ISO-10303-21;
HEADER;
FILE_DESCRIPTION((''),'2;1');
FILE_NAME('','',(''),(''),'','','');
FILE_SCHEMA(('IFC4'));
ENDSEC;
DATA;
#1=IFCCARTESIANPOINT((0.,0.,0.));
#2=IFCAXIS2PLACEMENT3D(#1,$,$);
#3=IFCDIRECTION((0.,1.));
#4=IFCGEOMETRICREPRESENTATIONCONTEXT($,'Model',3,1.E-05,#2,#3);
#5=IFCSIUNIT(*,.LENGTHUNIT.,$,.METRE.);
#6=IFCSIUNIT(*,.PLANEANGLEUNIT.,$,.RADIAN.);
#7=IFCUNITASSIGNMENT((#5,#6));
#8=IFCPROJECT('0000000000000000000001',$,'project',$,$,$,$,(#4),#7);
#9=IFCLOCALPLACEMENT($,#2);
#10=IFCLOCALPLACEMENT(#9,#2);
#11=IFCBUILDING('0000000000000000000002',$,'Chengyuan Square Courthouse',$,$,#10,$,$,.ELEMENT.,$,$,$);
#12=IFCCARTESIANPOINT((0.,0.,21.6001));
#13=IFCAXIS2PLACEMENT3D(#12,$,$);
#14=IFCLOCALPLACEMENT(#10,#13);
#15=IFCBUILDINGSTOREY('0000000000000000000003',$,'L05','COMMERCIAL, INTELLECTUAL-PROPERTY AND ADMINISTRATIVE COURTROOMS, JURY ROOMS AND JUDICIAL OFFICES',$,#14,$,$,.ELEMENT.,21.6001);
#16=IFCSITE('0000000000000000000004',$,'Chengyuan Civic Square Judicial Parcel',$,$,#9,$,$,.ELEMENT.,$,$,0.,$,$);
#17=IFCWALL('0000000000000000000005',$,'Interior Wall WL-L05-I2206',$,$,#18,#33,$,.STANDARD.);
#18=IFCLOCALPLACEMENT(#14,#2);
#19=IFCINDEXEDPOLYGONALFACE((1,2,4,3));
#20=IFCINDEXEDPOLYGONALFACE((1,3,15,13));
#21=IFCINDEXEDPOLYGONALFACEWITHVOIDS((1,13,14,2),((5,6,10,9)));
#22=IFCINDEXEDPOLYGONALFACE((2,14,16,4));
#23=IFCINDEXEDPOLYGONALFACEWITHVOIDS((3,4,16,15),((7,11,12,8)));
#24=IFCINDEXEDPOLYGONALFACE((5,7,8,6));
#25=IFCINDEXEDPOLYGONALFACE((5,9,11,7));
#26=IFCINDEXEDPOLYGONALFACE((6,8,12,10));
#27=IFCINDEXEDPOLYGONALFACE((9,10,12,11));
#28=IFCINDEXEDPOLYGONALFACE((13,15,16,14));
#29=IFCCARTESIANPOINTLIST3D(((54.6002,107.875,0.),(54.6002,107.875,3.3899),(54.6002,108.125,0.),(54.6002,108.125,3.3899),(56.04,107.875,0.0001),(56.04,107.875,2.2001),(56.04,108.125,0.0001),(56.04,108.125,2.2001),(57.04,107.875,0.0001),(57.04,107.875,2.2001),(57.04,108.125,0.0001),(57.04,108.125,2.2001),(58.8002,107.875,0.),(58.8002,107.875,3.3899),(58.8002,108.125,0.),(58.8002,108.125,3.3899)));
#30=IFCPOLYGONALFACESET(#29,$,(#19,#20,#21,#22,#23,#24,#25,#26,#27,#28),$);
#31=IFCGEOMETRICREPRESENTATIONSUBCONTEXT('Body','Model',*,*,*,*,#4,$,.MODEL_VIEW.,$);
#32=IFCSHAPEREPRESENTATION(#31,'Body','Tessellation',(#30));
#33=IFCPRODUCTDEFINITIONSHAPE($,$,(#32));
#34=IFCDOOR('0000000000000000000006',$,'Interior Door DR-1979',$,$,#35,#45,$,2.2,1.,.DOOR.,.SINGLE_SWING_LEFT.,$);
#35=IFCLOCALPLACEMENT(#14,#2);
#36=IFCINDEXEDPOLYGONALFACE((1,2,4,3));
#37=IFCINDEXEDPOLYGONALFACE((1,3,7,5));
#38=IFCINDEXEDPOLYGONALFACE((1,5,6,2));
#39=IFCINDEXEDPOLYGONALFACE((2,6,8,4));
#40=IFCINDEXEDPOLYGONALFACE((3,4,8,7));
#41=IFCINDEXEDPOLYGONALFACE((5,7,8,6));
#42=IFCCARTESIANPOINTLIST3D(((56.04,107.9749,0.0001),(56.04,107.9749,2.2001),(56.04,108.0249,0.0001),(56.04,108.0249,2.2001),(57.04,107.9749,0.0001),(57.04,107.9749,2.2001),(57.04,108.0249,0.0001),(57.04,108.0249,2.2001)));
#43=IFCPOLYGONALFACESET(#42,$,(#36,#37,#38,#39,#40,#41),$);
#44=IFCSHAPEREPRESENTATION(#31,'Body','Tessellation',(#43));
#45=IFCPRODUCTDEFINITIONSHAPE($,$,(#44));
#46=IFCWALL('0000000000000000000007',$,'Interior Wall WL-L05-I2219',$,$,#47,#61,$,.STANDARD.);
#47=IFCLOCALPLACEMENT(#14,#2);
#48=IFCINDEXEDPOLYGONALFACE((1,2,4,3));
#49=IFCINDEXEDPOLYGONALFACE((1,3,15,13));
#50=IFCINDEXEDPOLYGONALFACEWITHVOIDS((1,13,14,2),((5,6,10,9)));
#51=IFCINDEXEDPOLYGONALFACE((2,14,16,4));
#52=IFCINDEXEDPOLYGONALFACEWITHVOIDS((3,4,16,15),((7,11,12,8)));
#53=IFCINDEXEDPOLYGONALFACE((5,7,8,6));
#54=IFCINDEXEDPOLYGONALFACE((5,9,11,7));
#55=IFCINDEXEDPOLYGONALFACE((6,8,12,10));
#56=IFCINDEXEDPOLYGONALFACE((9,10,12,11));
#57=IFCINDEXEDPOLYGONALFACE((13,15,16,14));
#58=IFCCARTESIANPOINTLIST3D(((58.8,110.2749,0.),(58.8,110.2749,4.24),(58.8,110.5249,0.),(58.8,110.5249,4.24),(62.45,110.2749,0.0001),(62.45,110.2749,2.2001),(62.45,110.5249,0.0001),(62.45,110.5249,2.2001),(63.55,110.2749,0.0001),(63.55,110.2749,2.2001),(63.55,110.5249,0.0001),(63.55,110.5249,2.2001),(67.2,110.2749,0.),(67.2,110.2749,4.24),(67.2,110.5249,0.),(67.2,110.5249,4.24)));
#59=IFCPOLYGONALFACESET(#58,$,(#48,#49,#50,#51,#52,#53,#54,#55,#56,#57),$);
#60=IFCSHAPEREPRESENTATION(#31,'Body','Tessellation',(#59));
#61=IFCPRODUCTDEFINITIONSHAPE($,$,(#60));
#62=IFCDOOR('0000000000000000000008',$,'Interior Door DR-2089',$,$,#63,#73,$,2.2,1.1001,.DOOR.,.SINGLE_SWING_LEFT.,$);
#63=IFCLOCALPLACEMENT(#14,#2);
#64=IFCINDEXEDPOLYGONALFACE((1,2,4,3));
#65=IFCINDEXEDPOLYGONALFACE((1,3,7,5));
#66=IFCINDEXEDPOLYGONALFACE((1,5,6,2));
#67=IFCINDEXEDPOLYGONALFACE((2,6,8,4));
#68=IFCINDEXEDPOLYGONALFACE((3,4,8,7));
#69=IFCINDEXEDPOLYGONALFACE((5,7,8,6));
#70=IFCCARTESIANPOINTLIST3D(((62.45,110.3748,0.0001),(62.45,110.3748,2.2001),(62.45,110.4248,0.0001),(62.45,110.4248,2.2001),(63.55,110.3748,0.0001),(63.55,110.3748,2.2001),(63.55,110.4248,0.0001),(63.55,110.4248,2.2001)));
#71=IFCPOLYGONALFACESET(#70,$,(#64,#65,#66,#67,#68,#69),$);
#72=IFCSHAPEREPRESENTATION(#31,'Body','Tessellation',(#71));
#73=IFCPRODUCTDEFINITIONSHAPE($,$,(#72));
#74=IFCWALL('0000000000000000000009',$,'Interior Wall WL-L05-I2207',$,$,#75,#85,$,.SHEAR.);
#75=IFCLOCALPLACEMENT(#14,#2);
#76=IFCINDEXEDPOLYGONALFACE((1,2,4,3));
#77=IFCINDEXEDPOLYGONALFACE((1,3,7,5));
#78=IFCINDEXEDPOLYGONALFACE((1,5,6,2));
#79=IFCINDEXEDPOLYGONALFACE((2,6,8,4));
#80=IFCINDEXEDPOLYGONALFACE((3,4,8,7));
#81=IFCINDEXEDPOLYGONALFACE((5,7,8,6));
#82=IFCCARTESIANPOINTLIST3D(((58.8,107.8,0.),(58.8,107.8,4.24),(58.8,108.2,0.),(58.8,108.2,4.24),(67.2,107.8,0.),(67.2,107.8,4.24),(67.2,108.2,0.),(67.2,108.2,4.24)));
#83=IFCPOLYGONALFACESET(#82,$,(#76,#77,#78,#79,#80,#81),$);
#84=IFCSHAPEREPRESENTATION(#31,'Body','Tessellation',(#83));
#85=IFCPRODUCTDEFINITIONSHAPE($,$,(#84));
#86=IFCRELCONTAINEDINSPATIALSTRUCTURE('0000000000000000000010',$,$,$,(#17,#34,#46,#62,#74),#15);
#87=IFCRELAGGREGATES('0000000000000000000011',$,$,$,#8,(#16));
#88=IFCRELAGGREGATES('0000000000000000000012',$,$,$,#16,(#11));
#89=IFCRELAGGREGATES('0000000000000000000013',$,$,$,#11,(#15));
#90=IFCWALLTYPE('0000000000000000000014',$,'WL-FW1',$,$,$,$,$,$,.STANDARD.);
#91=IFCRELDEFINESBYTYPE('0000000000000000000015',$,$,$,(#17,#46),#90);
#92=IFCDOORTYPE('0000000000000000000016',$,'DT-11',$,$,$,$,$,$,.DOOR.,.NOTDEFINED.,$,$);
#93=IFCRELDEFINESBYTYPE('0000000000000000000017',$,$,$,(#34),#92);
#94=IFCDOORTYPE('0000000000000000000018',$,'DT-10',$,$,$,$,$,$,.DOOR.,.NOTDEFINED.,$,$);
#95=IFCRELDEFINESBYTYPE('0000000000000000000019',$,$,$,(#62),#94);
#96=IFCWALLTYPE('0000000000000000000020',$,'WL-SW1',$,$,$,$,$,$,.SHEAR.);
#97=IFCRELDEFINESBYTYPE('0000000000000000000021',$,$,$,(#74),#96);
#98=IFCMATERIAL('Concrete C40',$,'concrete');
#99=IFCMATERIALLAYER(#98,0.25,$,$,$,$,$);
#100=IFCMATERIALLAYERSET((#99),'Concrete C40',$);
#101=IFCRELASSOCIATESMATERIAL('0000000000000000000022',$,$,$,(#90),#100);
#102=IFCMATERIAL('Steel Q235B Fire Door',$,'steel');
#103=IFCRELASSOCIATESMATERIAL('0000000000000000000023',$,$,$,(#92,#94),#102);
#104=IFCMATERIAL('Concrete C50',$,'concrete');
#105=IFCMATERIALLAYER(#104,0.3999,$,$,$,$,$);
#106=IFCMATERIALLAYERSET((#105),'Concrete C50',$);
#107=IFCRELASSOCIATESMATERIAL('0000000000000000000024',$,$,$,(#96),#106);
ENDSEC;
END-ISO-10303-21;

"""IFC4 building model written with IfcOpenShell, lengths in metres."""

from ifc_helpers import new_model, si_unit, direction, frame, frame_2d, origin, place, context, subcontext, project, spatial, rectangle, extrude, material, layer, layer_set, type_object, element, fill, save


model = new_model("IFC4")

# Units and contexts
model_context = context("Model", 3, precision=1e-05, world=origin(), true_north=direction((0.0, 1.0)))
body_context = subcontext(model_context, "Body", "Model", "MODEL_VIEW")
ifc_project = project(units=[si_unit("LENGTHUNIT", "METRE"), si_unit("PLANEANGLEUNIT", "RADIAN")], contexts=[model_context])

# Site, building, storey
site_placement = place(None, origin())
site = spatial("IfcSite", under=ifc_project, at=site_placement, Name="Chengyuan Civic Square Judicial Parcel", CompositionType="ELEMENT", RefElevation=0.0)
building_placement = place(site_placement, origin())
building = spatial("IfcBuilding", under=site, at=building_placement, Name="Chengyuan Square Courthouse", CompositionType="ELEMENT")
storey_placement = place(building_placement, frame((0.0, 0.0, 21.6001)))
storey = spatial("IfcBuildingStorey", under=building, at=storey_placement, Name="L05", Description="COMMERCIAL, INTELLECTUAL-PROPERTY AND ADMINISTRATIVE COURTROOMS, JURY ROOMS AND JUDICIAL OFFICES", CompositionType="ELEMENT", Elevation=21.6001)

# Shared definitions
ifc_material_1 = material(Name="Concrete C50", Category="concrete")

# Shared definitions
ifc_material_2 = material(Name="Concrete C40", Category="concrete")

# Walls, openings, doors
ifc_layer_1 = layer(ifc_material_2, 0.25)
ifc_layer_set_1 = layer_set([ifc_layer_1], Name="Concrete C40")
wall_type_1 = type_object("IfcWallType", Name="WL-FW1", PredefinedType="STANDARD", material=ifc_layer_set_1)
wall_1_placement = place(storey_placement, frame((54.6001, 108.0, 0.0), z_axis=(0.0, 0.0, 1.0), x_axis=(1.0, 0.0, 0.0)))
wall_1 = element("IfcWall", 1, at=wall_1_placement, inside=storey, type_object=wall_type_1, Name="Interior Wall WL-L05-I2206", PredefinedType="STANDARD", context=body_context, shape_type="SweptSolid", body=[
    extrude(rectangle(XDim=4.2, YDim=0.25, at=frame_2d((2.1001, 0.0))), origin(), (0.0, 0.0, 1.0), 3.3899),
])
opening_1_placement = place(wall_1_placement, frame((1.4399, 0.0, 0.0)))
opening_1 = element("IfcOpeningElement", 2, at=opening_1_placement, cuts=wall_1, PredefinedType="OPENING", context=body_context, shape_type="SweptSolid", body=[
    extrude(rectangle(XDim=1.0, YDim=2.2, at=frame_2d((0.5, 1.1001))), frame((0.0, 0.137, 0.0), z_axis=(0.0, -1.0, 0.0), x_axis=(1.0, 0.0, 0.0)), (0.0, 0.0, 1.0), 0.2739),
])
ifc_material_3 = material(Name="Steel Q235B Fire Door", Category="steel")
door_type_1 = type_object("IfcDoorType", Name="DT-11", OperationType="NOTDEFINED", PredefinedType="DOOR", material=ifc_material_3)
door_1_placement = place(opening_1_placement, origin())
door_1 = element("IfcDoor", 3, at=door_1_placement, inside=storey, type_object=door_type_1, Name="Interior Door DR-1979", OperationType="SINGLE_SWING_LEFT", OverallHeight=2.2, OverallWidth=1.0, PredefinedType="DOOR", context=body_context, shape_type="SweptSolid", body=[
    extrude(rectangle(XDim=1.0, YDim=2.2, at=frame_2d((0.5, 1.1001))), frame((0.0, 0.0249, 0.0), z_axis=(0.0, -1.0, 0.0), x_axis=(1.0, 0.0, 0.0)), (0.0, 0.0, 1.0), 0.05),
])
fill(opening_1, door_1)
wall_2_placement = place(storey_placement, frame((58.8, 110.3999, 0.0), z_axis=(0.0, 0.0, 1.0), x_axis=(1.0, 0.0, 0.0)))
wall_2 = element("IfcWall", 4, at=wall_2_placement, inside=storey, type_object=wall_type_1, Name="Interior Wall WL-L05-I2219", PredefinedType="STANDARD", context=body_context, shape_type="SweptSolid", body=[
    extrude(rectangle(XDim=8.3999, YDim=0.25, at=frame_2d((4.2, 0.0))), origin(), (0.0, 0.0, 1.0), 4.24),
])
opening_2_placement = place(wall_2_placement, frame((3.6499, 0.0, 0.0)))
opening_2 = element("IfcOpeningElement", 5, at=opening_2_placement, cuts=wall_2, PredefinedType="OPENING", context=body_context, shape_type="SweptSolid", body=[
    extrude(rectangle(XDim=1.1001, YDim=2.2, at=frame_2d((0.55, 1.1001))), frame((0.0, 0.137, 0.0), z_axis=(0.0, -1.0, 0.0), x_axis=(1.0, 0.0, 0.0)), (0.0, 0.0, 1.0), 0.2739),
])
door_type_2 = type_object("IfcDoorType", Name="DT-10", OperationType="NOTDEFINED", PredefinedType="DOOR", material=ifc_material_3)
door_2_placement = place(opening_2_placement, origin())
door_2 = element("IfcDoor", 6, at=door_2_placement, inside=storey, type_object=door_type_2, Name="Interior Door DR-2089", OperationType="SINGLE_SWING_LEFT", OverallHeight=2.2, OverallWidth=1.1001, PredefinedType="DOOR", context=body_context, shape_type="SweptSolid", body=[
    extrude(rectangle(XDim=1.1001, YDim=2.2, at=frame_2d((0.55, 1.1001))), frame((0.0, 0.0249, 0.0), z_axis=(0.0, -1.0, 0.0), x_axis=(1.0, 0.0, 0.0)), (0.0, 0.0, 1.0), 0.05),
])
fill(opening_2, door_2)

# Wall
ifc_layer_2 = layer(ifc_material_1, 0.3999)
ifc_layer_set_2 = layer_set([ifc_layer_2], Name="Concrete C50")
wall_type_2 = type_object("IfcWallType", Name="WL-SW1", PredefinedType="SHEAR", material=ifc_layer_set_2)
wall_3_placement = place(storey_placement, frame((58.8, 108.0, 0.0), z_axis=(0.0, 0.0, 1.0), x_axis=(1.0, 0.0, 0.0)))
element("IfcWall", 7, at=wall_3_placement, inside=storey, type_object=wall_type_2, Name="Interior Wall WL-L05-I2207", PredefinedType="SHEAR", context=body_context, shape_type="SweptSolid", body=[
    extrude(rectangle(XDim=8.3999, YDim=0.3999, at=frame_2d((4.2, 0.0))), origin(), (0.0, 0.0, 1.0), 4.24),
])

save(model, "model.ifc")
